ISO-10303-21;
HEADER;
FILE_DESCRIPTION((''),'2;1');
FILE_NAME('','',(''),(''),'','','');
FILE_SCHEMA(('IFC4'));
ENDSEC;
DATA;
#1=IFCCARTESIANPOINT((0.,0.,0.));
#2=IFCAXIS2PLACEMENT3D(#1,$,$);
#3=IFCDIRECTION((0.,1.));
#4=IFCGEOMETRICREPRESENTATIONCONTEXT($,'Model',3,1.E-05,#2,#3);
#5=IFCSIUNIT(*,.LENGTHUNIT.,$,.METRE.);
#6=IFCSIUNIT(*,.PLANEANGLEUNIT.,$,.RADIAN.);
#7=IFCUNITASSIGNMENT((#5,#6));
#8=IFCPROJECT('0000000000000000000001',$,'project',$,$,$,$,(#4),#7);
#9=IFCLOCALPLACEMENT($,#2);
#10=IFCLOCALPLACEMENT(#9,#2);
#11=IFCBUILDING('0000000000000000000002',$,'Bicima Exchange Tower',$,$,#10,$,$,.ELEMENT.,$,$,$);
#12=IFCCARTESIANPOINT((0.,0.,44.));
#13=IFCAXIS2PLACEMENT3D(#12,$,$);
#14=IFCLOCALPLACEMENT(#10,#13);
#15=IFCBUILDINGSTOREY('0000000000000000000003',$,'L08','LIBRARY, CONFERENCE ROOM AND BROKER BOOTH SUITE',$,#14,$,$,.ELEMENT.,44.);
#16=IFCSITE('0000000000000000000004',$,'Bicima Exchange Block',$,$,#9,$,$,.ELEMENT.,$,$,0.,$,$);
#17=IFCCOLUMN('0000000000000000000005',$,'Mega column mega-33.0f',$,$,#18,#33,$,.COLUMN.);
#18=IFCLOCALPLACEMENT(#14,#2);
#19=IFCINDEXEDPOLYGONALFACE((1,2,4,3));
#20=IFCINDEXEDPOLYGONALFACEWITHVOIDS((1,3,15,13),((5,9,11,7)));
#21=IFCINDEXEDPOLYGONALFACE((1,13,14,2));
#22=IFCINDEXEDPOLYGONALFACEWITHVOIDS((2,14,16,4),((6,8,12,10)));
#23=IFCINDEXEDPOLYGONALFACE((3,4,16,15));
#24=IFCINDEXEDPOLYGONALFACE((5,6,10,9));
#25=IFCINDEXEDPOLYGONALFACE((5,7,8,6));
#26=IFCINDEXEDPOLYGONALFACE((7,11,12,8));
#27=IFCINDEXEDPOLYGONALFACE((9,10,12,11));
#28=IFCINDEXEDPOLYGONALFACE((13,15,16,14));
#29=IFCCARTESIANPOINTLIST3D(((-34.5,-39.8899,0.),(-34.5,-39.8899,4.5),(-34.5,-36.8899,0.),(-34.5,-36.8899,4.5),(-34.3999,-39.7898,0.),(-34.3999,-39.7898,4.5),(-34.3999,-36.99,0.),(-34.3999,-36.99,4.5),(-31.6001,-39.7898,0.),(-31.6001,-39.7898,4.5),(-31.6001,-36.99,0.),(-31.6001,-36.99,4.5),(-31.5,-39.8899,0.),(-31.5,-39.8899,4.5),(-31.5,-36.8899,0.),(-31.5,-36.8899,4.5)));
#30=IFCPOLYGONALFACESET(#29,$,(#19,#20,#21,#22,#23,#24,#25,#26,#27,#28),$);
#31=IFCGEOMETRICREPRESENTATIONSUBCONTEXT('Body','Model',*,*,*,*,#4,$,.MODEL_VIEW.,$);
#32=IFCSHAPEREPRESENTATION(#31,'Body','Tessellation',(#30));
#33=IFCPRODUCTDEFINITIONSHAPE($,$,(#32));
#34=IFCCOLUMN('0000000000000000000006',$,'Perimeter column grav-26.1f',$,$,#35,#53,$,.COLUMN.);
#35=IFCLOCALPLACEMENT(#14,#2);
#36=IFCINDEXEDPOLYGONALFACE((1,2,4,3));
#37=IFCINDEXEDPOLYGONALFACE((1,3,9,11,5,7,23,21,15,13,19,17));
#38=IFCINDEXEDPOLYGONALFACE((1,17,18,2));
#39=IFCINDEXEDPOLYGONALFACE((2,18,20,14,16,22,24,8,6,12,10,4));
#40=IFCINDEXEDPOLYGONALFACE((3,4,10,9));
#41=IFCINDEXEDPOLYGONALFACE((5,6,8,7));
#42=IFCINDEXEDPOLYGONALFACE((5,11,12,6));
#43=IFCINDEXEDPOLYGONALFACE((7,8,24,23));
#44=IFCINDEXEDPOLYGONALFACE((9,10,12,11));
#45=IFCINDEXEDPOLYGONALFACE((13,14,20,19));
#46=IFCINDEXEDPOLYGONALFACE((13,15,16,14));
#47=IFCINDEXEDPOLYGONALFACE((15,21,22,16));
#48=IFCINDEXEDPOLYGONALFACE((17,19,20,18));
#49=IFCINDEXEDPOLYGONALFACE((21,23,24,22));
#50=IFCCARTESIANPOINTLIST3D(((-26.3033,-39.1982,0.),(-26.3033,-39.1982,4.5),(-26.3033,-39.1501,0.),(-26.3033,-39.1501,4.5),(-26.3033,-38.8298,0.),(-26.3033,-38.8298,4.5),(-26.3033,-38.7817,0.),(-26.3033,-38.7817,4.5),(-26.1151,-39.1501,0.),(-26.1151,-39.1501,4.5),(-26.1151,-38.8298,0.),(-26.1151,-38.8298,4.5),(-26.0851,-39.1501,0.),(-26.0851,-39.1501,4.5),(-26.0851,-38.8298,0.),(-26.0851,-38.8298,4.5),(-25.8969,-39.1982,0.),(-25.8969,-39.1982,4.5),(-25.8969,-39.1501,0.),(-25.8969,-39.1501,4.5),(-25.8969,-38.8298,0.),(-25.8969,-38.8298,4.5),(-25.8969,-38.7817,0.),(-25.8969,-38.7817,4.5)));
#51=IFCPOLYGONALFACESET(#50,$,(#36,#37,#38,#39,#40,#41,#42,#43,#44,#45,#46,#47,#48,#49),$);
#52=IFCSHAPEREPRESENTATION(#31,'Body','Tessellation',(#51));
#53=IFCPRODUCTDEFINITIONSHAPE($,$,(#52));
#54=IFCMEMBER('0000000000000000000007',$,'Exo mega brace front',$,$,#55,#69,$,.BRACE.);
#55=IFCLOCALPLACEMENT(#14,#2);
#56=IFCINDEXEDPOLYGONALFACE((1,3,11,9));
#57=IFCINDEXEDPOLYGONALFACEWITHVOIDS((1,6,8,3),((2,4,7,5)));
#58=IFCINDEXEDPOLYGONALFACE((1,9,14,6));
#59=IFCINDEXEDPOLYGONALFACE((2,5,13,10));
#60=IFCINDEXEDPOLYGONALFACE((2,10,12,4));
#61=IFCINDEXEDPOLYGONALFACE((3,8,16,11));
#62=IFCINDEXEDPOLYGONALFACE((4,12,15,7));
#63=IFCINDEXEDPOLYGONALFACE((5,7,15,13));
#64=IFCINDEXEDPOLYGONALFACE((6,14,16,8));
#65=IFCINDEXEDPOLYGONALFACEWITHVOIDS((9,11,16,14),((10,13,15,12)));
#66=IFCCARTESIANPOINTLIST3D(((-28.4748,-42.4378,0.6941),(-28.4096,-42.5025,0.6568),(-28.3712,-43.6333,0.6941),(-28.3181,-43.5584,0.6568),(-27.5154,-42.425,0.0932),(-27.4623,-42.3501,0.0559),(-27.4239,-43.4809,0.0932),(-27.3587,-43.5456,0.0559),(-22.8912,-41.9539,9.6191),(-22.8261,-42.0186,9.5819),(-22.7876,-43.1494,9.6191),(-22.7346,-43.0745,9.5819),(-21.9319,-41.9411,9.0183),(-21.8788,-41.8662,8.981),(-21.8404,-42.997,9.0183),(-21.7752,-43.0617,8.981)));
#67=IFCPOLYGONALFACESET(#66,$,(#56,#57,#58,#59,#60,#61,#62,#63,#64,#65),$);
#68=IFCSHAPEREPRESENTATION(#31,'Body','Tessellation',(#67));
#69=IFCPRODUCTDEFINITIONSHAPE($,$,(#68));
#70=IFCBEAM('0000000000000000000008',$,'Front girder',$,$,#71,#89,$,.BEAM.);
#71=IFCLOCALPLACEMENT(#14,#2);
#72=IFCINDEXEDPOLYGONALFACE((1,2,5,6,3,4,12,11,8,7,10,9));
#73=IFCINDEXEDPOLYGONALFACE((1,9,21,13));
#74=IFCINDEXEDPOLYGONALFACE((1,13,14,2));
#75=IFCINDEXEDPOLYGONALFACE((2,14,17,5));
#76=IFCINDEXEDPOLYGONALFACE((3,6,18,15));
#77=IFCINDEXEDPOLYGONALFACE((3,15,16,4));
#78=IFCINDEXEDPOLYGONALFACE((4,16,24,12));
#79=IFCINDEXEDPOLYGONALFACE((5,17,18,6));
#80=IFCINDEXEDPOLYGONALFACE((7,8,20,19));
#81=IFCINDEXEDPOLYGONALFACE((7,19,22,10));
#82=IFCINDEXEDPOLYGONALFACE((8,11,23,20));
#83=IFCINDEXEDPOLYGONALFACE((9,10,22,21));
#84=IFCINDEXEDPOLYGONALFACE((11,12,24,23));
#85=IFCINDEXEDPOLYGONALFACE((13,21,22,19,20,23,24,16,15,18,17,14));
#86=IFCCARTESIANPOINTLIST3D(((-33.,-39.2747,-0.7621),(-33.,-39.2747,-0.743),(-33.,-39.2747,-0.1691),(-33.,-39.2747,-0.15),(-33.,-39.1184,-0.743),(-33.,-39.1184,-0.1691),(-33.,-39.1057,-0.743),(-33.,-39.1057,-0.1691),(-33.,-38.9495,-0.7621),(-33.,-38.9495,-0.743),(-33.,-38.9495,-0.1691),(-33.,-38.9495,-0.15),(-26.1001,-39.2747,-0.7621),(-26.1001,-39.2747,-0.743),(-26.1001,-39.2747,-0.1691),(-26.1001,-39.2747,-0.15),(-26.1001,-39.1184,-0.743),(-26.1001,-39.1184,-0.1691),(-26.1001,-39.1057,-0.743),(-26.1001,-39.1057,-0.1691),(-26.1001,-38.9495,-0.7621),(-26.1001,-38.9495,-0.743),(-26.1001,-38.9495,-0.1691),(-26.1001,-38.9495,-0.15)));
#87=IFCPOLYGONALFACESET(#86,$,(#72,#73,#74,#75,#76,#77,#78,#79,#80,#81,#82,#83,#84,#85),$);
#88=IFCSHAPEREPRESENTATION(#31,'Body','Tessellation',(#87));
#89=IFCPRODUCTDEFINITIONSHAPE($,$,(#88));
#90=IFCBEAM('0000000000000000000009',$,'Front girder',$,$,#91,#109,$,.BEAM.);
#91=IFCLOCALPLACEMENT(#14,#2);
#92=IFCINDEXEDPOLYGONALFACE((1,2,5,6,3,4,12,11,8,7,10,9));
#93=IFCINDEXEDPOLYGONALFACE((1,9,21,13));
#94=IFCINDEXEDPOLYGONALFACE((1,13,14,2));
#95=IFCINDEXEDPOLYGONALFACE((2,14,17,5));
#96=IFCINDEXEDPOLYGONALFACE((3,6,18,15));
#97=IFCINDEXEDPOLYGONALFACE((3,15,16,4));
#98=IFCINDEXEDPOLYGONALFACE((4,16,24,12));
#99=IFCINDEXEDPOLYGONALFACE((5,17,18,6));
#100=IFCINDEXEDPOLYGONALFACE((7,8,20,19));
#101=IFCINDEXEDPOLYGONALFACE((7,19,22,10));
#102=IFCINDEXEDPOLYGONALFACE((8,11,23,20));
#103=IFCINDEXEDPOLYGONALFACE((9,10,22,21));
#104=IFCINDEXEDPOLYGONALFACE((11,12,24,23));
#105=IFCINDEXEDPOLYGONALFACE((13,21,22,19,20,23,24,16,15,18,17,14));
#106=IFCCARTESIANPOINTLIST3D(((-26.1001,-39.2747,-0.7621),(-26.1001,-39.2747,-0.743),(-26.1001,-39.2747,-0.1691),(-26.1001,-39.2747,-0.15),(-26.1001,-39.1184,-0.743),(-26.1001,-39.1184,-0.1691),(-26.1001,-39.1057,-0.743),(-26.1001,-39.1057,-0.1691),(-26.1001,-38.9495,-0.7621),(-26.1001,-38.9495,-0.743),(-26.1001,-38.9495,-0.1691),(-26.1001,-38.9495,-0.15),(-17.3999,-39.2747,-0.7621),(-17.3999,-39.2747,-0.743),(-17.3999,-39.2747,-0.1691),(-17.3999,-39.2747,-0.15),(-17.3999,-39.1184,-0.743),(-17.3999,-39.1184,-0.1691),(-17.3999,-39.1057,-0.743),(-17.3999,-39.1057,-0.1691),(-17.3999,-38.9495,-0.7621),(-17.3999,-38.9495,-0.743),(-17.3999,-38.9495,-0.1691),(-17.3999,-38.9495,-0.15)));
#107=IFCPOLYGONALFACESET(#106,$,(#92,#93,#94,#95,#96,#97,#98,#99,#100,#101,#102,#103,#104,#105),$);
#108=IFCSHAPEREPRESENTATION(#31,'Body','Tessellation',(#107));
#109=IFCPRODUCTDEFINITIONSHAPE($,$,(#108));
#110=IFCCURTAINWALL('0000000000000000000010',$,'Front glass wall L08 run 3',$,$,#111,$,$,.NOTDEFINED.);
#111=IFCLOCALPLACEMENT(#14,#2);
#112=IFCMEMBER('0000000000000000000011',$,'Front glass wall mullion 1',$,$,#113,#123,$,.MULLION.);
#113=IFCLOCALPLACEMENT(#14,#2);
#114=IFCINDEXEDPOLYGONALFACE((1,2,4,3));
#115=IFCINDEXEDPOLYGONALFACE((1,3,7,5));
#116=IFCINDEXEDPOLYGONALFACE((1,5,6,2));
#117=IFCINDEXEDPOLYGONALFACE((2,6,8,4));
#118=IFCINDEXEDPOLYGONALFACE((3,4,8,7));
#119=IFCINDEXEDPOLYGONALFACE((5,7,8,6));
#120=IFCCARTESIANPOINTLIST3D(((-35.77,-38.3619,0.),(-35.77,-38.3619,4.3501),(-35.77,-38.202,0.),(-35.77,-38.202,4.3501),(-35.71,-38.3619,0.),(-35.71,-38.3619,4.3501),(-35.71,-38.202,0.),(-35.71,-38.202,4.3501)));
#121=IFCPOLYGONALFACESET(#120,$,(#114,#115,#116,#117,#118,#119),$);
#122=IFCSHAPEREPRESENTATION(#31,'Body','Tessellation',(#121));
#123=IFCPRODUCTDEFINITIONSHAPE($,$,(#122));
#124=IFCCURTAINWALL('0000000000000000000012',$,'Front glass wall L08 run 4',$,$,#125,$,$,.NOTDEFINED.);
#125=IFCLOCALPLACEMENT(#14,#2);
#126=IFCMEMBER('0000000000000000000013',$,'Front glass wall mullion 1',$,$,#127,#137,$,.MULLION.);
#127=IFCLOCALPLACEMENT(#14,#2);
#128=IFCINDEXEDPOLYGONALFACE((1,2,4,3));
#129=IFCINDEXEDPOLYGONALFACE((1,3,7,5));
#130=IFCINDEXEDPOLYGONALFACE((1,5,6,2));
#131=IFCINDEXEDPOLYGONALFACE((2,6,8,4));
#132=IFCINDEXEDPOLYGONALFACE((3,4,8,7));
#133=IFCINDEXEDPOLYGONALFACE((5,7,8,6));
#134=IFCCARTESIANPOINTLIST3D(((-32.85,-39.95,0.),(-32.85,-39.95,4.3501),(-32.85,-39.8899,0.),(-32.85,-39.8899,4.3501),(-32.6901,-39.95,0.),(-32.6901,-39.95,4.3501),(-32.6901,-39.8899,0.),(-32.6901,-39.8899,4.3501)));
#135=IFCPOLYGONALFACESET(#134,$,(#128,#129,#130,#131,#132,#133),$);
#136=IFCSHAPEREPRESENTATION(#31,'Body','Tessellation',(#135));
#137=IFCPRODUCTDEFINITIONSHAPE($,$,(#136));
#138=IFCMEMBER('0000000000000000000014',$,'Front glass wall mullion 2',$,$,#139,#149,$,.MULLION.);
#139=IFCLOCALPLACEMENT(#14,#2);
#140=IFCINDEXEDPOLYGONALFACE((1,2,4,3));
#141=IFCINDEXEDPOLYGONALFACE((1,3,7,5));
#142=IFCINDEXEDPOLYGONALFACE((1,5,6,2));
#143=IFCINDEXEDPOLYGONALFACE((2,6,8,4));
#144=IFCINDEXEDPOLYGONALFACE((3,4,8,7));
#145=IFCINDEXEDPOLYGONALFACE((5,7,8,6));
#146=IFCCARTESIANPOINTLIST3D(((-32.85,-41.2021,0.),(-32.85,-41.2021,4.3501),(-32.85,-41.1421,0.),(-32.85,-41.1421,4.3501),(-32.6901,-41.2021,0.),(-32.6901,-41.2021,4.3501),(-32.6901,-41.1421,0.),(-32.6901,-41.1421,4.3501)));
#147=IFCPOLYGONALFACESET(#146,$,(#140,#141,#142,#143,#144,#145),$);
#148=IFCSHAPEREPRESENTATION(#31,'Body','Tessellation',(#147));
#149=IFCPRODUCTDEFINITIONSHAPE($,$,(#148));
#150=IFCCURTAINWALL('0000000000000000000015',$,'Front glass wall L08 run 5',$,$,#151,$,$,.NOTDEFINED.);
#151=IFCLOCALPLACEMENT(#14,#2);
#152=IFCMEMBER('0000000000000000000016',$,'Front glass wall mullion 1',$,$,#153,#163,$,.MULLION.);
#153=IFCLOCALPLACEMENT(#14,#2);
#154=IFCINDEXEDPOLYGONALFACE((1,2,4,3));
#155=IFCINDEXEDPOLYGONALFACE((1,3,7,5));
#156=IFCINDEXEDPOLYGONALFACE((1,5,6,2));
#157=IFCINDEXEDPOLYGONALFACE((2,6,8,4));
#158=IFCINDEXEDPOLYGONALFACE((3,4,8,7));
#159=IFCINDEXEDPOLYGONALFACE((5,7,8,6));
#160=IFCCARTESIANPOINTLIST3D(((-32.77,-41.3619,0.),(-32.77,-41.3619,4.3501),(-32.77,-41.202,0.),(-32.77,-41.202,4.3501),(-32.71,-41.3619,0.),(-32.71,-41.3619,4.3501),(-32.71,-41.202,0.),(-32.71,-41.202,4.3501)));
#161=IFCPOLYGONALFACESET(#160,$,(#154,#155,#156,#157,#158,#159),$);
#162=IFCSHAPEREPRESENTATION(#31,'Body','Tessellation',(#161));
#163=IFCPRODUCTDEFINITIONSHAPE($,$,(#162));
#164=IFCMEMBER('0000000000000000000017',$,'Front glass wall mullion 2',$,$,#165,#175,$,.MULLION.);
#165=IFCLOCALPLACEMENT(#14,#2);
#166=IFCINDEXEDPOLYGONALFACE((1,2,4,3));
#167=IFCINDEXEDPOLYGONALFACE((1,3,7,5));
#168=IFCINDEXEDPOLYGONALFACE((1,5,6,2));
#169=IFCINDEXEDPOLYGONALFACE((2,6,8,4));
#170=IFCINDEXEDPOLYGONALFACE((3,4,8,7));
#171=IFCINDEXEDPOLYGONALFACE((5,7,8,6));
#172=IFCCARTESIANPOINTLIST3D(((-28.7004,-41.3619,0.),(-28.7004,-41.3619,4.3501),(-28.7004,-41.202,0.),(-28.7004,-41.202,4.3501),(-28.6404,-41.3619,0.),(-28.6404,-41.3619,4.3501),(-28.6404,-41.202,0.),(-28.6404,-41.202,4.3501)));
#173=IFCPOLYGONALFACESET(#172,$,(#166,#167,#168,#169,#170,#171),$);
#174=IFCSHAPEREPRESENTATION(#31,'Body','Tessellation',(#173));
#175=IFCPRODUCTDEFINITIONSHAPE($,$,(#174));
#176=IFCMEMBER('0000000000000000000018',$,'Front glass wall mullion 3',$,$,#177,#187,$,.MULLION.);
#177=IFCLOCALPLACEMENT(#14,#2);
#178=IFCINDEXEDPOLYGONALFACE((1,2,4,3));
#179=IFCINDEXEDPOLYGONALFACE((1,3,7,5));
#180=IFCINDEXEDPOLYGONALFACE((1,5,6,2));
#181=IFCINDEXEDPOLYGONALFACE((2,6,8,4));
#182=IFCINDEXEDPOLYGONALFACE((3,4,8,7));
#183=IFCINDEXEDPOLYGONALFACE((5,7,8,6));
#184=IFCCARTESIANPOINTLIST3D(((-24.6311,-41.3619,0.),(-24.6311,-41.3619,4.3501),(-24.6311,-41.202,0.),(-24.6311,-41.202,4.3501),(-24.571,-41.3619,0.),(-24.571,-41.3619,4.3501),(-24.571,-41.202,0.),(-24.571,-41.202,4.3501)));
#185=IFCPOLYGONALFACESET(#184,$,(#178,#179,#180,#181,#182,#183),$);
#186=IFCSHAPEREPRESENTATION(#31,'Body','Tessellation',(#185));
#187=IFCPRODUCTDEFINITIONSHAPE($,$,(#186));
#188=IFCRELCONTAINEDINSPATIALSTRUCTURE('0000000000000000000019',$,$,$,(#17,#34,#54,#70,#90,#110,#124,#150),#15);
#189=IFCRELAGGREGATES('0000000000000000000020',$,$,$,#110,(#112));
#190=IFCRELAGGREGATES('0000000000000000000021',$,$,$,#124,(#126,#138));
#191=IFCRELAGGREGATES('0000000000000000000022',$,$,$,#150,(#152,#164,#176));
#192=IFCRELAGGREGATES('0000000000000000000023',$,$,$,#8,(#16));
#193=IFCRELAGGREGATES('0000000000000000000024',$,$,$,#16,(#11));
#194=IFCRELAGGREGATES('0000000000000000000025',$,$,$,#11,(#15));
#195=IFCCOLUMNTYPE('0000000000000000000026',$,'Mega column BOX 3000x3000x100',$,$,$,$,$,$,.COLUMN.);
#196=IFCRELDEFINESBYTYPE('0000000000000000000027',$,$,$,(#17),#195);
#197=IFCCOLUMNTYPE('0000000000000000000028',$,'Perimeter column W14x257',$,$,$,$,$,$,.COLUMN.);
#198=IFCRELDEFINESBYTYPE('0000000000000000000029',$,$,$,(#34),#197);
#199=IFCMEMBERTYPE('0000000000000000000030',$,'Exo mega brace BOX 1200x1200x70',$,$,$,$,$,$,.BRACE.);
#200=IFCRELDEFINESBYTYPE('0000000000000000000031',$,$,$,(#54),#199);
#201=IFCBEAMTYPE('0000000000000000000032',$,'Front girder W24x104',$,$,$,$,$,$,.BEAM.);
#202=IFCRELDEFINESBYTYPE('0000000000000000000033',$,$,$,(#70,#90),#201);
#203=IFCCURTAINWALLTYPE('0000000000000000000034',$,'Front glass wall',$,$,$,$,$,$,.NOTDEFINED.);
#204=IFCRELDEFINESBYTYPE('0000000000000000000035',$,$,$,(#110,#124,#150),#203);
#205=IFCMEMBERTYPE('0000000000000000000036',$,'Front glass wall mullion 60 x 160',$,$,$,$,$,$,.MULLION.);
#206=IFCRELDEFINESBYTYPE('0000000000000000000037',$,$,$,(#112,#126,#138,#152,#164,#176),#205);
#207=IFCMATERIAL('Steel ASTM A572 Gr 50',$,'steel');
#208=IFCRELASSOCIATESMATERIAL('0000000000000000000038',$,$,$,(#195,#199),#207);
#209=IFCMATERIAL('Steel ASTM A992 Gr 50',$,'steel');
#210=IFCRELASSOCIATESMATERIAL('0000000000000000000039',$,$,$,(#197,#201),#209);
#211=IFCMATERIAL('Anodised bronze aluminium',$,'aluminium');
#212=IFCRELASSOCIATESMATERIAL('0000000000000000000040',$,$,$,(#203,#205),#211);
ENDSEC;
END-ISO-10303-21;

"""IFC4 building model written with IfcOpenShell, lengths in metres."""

from ifc_helpers import new_model, si_unit, direction, frame, origin, origin_2d, place, context, subcontext, project, spatial, rectangle, hollow_rectangle, i_section, extrude, material, material_profile, profile_set, type_object, element, aggregate, save


model = new_model("IFC4")

# Units and contexts
model_context = context("Model", 3, precision=1e-05, world=origin(), true_north=direction((0.0, 1.0)))
body_context = subcontext(model_context, "Body", "Model", "MODEL_VIEW")
ifc_project = project(units=[si_unit("LENGTHUNIT", "METRE"), si_unit("PLANEANGLEUNIT", "RADIAN")], contexts=[model_context])

# Site, building, storey
site_placement = place(None, origin())
site = spatial("IfcSite", under=ifc_project, at=site_placement, Name="Bicima Exchange Block", CompositionType="ELEMENT", RefElevation=0.0)
building_placement = place(site_placement, origin())
building = spatial("IfcBuilding", under=site, at=building_placement, Name="Bicima Exchange Tower", CompositionType="ELEMENT")
storey_placement = place(building_placement, frame((0.0, 0.0, 44.0)))
storey = spatial("IfcBuildingStorey", under=building, at=storey_placement, Name="L08", Description="LIBRARY, CONFERENCE ROOM AND BROKER BOOTH SUITE", CompositionType="ELEMENT", Elevation=44.0)

# Columns
ifc_material_1 = material(Name="Steel ASTM A572 Gr 50", Category="steel")
ifc_material_profile_1 = material_profile(ifc_material_1, hollow_rectangle(XDim=3.0, YDim=3.0, WallThickness=0.1001, at=origin_2d()))
ifc_profile_set_1 = profile_set([ifc_material_profile_1], Name="Steel ASTM A572 Gr 50")
column_type_1 = type_object("IfcColumnType", Name="Mega column BOX 3000x3000x100", PredefinedType="COLUMN", material=ifc_profile_set_1)
column_1_placement = place(storey_placement, frame((-33.0, -38.3899, 0.0), z_axis=(0.0, 0.0, 1.0), x_axis=(1.0, 0.0, 0.0)))
element("IfcColumn", 1, at=column_1_placement, inside=storey, type_object=column_type_1, Name="Mega column mega-33.0f", PredefinedType="COLUMN", context=body_context, shape_type="SweptSolid", body=[
    extrude(hollow_rectangle(XDim=3.0, YDim=3.0, WallThickness=0.1001, at=origin_2d()), origin(), (0.0, 0.0, 1.0), 4.5),
])
ifc_material_2 = material(Name="Steel ASTM A992 Gr 50", Category="steel")
ifc_material_profile_2 = material_profile(ifc_material_2, i_section(OverallWidth=0.4065, OverallDepth=0.4165, WebThickness=0.03, FlangeThickness=0.0481, at=origin_2d()))
ifc_profile_set_2 = profile_set([ifc_material_profile_2], Name="Steel ASTM A992 Gr 50")
column_type_2 = type_object("IfcColumnType", Name="Perimeter column W14x257", PredefinedType="COLUMN", material=ifc_profile_set_2)
column_2_placement = place(storey_placement, frame((-26.1001, -38.99, 0.0), z_axis=(0.0, 0.0, 1.0), x_axis=(1.0, 0.0, 0.0)))
element("IfcColumn", 2, at=column_2_placement, inside=storey, type_object=column_type_2, Name="Perimeter column grav-26.1f", PredefinedType="COLUMN", context=body_context, shape_type="SweptSolid", body=[
    extrude(i_section(OverallWidth=0.4065, OverallDepth=0.4165, WebThickness=0.03, FlangeThickness=0.0481, at=origin_2d()), origin(), (0.0, 0.0, 1.0), 4.5),
])

# Member
ifc_material_profile_3 = material_profile(ifc_material_1, hollow_rectangle(XDim=1.2, YDim=1.2, WallThickness=0.0701, at=origin_2d()))
ifc_profile_set_3 = profile_set([ifc_material_profile_3], Name="Steel ASTM A572 Gr 50")
member_type_1 = type_object("IfcMemberType", Name="Exo mega brace BOX 1200x1200x70", PredefinedType="BRACE", material=ifc_profile_set_3)
member_1_placement = place(storey_placement, frame((-27.9167, -42.9917, 0.375), z_axis=(0.529804, 0.045915, 0.846876), x_axis=(-0.08634, 0.996266, 0.0)))
element("IfcMember", 3, at=member_1_placement, inside=storey, type_object=member_type_1, Name="Exo mega brace front", PredefinedType="BRACE", context=body_context, shape_type="SweptSolid", body=[
    extrude(hollow_rectangle(XDim=1.2, YDim=1.2, WallThickness=0.0701, at=origin_2d()), origin(), (0.0, 0.0, 1.0), 10.5388),
])

# Beams
ifc_material_profile_4 = material_profile(ifc_material_2, i_section(OverallWidth=0.3252, OverallDepth=0.6121, WebThickness=0.0127, FlangeThickness=0.019, at=origin_2d()))
ifc_profile_set_4 = profile_set([ifc_material_profile_4], Name="Steel ASTM A992 Gr 50")
beam_type = type_object("IfcBeamType", Name="Front girder W24x104", PredefinedType="BEAM", material=ifc_profile_set_4)
beam_1_placement = place(storey_placement, frame((-33.0, -39.1121, -0.4561), z_axis=(1.0, 0.0, 0.0), x_axis=(0.0, 1.0, 0.0)))
element("IfcBeam", 4, at=beam_1_placement, inside=storey, type_object=beam_type, Name="Front girder", PredefinedType="BEAM", context=body_context, shape_type="SweptSolid", body=[
    extrude(i_section(OverallWidth=0.3252, OverallDepth=0.6121, WebThickness=0.0127, FlangeThickness=0.019, at=origin_2d()), origin(), (0.0, 0.0, 1.0), 6.8999),
])
beam_2_placement = place(storey_placement, frame((-26.1001, -39.1121, -0.4561), z_axis=(1.0, 0.0, 0.0), x_axis=(0.0, 1.0, 0.0)))
element("IfcBeam", 5, at=beam_2_placement, inside=storey, type_object=beam_type, Name="Front girder", PredefinedType="BEAM", context=body_context, shape_type="SweptSolid", body=[
    extrude(i_section(OverallWidth=0.3252, OverallDepth=0.6121, WebThickness=0.0127, FlangeThickness=0.019, at=origin_2d()), origin(), (0.0, 0.0, 1.0), 8.7002),
])

# Curtain wall, member
ifc_material_3 = material(Name="Anodised bronze aluminium", Category="aluminium")
curtain_wall_type = type_object("IfcCurtainWallType", Name="Front glass wall", PredefinedType="NOTDEFINED", material=ifc_material_3)
curtain_wall_1_placement = place(storey_placement, origin())
curtain_wall_1 = element("IfcCurtainWall", 6, at=curtain_wall_1_placement, inside=storey, type_object=curtain_wall_type, Name="Front glass wall L08 run 3", PredefinedType="NOTDEFINED")
ifc_material_profile_5 = material_profile(ifc_material_3, rectangle(XDim=0.1599, YDim=0.0601, at=origin_2d()))
ifc_profile_set_5 = profile_set([ifc_material_profile_5], Name="Anodised bronze aluminium")
member_type_2 = type_object("IfcMemberType", Name="Front glass wall mullion 60 x 160", PredefinedType="MULLION", material=ifc_profile_set_5)
member_2_placement = place(storey_placement, frame((-35.74, -38.282, 0.0), z_axis=(0.0, 0.0, 1.0), x_axis=(0.0, 1.0, 0.0)))
member_2 = element("IfcMember", 7, at=member_2_placement, type_object=member_type_2, Name="Front glass wall mullion 1", PredefinedType="MULLION", context=body_context, shape_type="SweptSolid", body=[
    extrude(rectangle(XDim=0.1599, YDim=0.0601, at=origin_2d()), origin(), (0.0, 0.0, 1.0), 4.3501),
])

# Curtain walls, members
curtain_wall_2_placement = place(storey_placement, origin())
curtain_wall_2 = element("IfcCurtainWall", 8, at=curtain_wall_2_placement, inside=storey, type_object=curtain_wall_type, Name="Front glass wall L08 run 4", PredefinedType="NOTDEFINED")
member_3_placement = place(storey_placement, frame((-32.77, -39.9199, 0.0), z_axis=(0.0, 0.0, 1.0), x_axis=(1.0, 0.0, 0.0)))
member_3 = element("IfcMember", 9, at=member_3_placement, type_object=member_type_2, Name="Front glass wall mullion 1", PredefinedType="MULLION", context=body_context, shape_type="SweptSolid", body=[
    extrude(rectangle(XDim=0.1599, YDim=0.0601, at=origin_2d()), origin(), (0.0, 0.0, 1.0), 4.3501),
])
member_4_placement = place(storey_placement, frame((-32.77, -41.1721, 0.0), z_axis=(0.0, 0.0, 1.0), x_axis=(1.0, 0.0, 0.0)))
member_4 = element("IfcMember", 10, at=member_4_placement, type_object=member_type_2, Name="Front glass wall mullion 2", PredefinedType="MULLION", context=body_context, shape_type="SweptSolid", body=[
    extrude(rectangle(XDim=0.1599, YDim=0.0601, at=origin_2d()), origin(), (0.0, 0.0, 1.0), 4.3501),
])
curtain_wall_3_placement = place(storey_placement, origin())
curtain_wall_3 = element("IfcCurtainWall", 11, at=curtain_wall_3_placement, inside=storey, type_object=curtain_wall_type, Name="Front glass wall L08 run 5", PredefinedType="NOTDEFINED")
member_5_placement = place(storey_placement, frame((-32.74, -41.282, 0.0), z_axis=(0.0, 0.0, 1.0), x_axis=(0.0, 1.0, 0.0)))
member_5 = element("IfcMember", 12, at=member_5_placement, type_object=member_type_2, Name="Front glass wall mullion 1", PredefinedType="MULLION", context=body_context, shape_type="SweptSolid", body=[
    extrude(rectangle(XDim=0.1599, YDim=0.0601, at=origin_2d()), origin(), (0.0, 0.0, 1.0), 4.3501),
])
member_6_placement = place(storey_placement, frame((-28.6704, -41.282, 0.0), z_axis=(0.0, 0.0, 1.0), x_axis=(0.0, 1.0, 0.0)))
member_6 = element("IfcMember", 13, at=member_6_placement, type_object=member_type_2, Name="Front glass wall mullion 2", PredefinedType="MULLION", context=body_context, shape_type="SweptSolid", body=[
    extrude(rectangle(XDim=0.1599, YDim=0.0601, at=origin_2d()), origin(), (0.0, 0.0, 1.0), 4.3501),
])
member_7_placement = place(storey_placement, frame((-24.6011, -41.282, 0.0), z_axis=(0.0, 0.0, 1.0), x_axis=(0.0, 1.0, 0.0)))
member_7 = element("IfcMember", 14, at=member_7_placement, type_object=member_type_2, Name="Front glass wall mullion 3", PredefinedType="MULLION", context=body_context, shape_type="SweptSolid", body=[
    extrude(rectangle(XDim=0.1599, YDim=0.0601, at=origin_2d()), origin(), (0.0, 0.0, 1.0), 4.3501),
])

aggregate(curtain_wall_1, [member_2])

aggregate(curtain_wall_2, [member_3, member_4])
aggregate(curtain_wall_3, [member_5, member_6, member_7])

save(model, "model.ifc")
